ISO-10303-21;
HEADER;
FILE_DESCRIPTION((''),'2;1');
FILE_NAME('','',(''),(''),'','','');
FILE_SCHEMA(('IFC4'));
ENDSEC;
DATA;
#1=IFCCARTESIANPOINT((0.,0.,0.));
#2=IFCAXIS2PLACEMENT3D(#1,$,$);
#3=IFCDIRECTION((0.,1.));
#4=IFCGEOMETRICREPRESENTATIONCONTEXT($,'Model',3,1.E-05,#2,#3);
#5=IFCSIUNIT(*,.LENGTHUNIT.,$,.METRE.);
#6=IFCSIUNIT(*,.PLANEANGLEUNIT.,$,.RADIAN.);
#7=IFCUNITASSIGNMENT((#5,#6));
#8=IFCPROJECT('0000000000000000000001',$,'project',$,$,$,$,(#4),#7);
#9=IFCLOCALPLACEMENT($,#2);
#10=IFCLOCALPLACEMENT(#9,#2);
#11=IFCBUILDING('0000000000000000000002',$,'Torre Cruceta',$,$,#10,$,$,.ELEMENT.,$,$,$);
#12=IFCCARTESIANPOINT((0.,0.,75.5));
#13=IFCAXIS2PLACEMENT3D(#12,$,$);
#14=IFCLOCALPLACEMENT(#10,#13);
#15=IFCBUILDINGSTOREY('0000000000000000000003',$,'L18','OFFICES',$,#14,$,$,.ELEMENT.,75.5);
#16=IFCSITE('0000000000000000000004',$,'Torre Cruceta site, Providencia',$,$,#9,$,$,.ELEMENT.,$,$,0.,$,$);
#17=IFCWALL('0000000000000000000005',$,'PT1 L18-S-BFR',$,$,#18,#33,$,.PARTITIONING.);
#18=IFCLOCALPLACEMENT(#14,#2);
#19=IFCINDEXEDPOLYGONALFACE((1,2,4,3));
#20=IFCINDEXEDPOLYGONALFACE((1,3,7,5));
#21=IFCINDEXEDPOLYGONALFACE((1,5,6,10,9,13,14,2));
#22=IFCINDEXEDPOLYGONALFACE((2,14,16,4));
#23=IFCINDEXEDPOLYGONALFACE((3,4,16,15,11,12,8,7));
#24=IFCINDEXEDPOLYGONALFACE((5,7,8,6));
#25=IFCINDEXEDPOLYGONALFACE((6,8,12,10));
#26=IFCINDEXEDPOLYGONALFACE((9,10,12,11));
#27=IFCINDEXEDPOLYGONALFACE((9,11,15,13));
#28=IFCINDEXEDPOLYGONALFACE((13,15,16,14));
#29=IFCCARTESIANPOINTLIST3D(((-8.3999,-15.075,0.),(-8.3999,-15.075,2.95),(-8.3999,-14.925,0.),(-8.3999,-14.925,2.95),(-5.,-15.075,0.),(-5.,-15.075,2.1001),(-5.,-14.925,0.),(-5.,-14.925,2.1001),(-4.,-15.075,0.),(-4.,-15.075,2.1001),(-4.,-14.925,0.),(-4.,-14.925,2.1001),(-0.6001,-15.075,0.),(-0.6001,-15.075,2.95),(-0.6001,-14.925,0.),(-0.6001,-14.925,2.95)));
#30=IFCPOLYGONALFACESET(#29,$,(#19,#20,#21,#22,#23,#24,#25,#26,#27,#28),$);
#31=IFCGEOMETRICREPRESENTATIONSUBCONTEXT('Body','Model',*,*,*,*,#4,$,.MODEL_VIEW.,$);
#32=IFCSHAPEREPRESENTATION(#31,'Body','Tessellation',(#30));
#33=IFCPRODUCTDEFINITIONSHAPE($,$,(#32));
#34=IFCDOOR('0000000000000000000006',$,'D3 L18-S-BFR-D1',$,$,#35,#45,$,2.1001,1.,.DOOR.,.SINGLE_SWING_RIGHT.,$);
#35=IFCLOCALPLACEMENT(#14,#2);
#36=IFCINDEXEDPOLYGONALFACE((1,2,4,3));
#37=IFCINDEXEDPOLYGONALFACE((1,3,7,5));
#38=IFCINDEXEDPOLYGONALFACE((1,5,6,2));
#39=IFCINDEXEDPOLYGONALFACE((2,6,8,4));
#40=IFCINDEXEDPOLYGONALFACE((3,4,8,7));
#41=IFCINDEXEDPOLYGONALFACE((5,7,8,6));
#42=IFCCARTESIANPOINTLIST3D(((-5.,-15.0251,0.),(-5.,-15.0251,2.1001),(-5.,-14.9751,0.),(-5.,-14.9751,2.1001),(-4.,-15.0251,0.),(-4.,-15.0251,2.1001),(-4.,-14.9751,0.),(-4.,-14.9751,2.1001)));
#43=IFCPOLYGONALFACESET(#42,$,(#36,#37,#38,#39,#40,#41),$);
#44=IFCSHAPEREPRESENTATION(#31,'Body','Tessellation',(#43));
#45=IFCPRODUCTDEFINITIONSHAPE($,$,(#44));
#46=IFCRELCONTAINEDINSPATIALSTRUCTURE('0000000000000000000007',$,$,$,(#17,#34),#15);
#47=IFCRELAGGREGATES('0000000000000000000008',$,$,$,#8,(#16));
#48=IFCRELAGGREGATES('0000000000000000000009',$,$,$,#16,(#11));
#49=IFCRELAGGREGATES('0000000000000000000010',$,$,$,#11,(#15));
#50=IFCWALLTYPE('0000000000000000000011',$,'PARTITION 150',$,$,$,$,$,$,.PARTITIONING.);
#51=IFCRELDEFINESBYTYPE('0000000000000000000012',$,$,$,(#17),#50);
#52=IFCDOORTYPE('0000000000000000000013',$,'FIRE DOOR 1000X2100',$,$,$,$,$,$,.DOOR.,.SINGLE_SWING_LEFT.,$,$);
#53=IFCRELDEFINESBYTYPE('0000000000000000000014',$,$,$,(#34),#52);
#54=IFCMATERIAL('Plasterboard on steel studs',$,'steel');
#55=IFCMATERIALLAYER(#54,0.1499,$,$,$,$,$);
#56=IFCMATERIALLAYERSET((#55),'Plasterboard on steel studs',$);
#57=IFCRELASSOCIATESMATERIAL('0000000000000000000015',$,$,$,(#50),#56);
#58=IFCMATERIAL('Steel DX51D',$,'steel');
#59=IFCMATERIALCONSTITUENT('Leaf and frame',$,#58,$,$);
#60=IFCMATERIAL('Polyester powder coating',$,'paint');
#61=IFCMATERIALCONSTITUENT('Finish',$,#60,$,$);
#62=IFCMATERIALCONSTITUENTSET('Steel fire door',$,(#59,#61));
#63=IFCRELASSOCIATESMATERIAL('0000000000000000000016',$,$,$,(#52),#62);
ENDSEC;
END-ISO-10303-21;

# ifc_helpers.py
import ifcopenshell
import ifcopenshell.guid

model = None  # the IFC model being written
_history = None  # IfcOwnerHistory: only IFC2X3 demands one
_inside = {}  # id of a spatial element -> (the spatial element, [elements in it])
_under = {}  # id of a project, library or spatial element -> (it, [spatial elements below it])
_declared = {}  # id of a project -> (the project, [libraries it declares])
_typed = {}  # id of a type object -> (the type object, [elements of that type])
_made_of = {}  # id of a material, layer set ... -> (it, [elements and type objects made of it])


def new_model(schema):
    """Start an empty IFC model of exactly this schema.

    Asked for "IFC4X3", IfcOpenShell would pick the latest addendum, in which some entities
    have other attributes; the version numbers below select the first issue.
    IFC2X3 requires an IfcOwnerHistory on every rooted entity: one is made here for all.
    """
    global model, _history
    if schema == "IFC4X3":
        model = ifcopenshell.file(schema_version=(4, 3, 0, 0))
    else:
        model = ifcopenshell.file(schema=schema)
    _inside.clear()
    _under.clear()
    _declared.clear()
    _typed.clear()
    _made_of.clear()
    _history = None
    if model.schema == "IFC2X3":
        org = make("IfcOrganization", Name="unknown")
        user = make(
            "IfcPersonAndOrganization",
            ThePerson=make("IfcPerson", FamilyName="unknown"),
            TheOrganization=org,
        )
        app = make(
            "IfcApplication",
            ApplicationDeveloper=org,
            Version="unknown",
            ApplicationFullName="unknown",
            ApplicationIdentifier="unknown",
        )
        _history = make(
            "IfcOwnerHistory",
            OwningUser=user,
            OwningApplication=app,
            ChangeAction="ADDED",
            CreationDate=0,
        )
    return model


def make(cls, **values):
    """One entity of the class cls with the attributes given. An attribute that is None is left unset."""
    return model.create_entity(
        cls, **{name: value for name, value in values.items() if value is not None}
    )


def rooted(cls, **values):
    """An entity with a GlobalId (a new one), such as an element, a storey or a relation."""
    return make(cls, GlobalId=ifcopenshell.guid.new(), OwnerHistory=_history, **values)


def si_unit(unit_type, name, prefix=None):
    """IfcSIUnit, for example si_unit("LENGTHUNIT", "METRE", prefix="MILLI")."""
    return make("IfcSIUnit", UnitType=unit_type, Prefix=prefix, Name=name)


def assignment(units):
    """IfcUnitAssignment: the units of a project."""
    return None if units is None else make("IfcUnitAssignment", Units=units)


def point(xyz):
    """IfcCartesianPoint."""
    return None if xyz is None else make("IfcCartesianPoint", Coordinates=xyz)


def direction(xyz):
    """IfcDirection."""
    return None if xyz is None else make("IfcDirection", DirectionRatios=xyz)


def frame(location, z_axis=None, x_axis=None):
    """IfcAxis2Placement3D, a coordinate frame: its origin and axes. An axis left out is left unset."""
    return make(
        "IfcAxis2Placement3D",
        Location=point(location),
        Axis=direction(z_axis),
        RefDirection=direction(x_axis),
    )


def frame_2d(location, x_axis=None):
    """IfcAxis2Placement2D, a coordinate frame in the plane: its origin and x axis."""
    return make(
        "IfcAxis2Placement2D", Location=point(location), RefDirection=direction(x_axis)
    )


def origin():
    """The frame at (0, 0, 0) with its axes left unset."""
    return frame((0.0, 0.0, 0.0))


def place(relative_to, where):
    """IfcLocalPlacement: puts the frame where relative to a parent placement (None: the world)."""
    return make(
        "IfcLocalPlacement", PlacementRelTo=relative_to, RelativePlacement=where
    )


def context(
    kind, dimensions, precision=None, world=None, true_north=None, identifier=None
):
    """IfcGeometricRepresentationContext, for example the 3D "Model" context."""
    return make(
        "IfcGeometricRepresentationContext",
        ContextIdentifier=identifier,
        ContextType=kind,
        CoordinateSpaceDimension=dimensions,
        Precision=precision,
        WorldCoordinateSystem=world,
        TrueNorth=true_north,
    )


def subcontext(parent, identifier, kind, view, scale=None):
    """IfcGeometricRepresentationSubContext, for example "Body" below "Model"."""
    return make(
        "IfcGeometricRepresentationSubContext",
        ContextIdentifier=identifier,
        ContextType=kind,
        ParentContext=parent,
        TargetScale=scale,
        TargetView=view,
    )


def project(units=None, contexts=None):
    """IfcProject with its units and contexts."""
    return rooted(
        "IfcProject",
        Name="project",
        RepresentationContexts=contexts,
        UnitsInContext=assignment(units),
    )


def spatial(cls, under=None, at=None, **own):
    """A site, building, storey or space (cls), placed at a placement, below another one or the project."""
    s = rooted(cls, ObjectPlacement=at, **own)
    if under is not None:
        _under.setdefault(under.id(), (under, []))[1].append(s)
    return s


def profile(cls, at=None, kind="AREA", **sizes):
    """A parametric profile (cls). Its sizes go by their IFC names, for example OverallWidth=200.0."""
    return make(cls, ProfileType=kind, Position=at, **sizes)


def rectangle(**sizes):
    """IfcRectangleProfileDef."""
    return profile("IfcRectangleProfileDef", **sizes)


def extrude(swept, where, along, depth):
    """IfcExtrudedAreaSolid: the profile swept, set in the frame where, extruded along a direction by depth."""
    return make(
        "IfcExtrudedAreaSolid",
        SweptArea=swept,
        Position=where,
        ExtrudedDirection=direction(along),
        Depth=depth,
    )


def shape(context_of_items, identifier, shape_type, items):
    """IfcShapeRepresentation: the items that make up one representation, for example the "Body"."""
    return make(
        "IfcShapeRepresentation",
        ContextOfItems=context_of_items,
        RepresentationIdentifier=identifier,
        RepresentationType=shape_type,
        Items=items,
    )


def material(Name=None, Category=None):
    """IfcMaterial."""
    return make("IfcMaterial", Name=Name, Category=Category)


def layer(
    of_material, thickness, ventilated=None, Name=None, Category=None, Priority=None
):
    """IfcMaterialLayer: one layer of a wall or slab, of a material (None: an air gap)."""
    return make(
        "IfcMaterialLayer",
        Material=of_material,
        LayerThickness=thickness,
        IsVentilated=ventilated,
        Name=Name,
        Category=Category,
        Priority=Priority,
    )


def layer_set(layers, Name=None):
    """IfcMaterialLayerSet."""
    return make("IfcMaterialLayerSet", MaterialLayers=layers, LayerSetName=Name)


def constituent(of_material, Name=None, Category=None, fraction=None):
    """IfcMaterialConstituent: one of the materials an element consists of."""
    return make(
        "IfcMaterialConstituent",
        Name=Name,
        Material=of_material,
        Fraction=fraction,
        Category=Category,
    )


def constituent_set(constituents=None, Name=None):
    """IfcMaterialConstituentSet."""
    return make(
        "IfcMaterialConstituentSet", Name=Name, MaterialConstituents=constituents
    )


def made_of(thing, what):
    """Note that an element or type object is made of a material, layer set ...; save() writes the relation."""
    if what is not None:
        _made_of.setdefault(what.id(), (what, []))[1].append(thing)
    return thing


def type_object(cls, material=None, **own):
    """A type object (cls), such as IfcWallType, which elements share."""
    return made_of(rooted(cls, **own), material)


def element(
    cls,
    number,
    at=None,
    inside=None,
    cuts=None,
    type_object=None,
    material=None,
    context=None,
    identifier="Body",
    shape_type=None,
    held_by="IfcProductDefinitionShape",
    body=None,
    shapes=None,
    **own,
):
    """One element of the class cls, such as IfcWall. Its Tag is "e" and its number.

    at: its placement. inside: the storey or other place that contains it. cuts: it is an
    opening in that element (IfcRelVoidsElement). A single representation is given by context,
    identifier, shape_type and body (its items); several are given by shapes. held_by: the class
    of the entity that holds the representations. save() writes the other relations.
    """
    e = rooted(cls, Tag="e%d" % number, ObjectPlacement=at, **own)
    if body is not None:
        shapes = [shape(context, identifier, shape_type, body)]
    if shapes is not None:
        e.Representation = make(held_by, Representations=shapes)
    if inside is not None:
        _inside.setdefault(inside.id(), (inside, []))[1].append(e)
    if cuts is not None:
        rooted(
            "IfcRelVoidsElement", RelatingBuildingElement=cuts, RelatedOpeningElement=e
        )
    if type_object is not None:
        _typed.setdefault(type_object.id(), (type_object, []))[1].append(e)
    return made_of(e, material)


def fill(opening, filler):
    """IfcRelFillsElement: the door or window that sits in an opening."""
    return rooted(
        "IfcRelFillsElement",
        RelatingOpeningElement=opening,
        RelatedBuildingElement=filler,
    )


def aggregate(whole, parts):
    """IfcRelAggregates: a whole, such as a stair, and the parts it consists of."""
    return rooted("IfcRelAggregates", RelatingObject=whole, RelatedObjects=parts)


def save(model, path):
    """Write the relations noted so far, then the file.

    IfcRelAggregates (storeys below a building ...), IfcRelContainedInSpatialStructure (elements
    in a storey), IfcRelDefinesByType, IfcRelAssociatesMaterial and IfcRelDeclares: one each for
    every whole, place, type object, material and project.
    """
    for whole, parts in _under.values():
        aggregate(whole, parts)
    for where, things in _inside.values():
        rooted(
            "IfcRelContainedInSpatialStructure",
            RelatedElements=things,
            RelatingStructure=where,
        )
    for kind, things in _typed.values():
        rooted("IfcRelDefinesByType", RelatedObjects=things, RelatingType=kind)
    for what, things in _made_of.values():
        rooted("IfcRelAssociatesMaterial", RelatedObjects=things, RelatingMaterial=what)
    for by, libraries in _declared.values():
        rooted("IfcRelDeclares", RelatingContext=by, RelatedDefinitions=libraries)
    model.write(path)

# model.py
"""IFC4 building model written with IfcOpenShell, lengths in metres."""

from ifc_helpers import new_model, si_unit, direction, frame, frame_2d, origin, place, context, subcontext, project, spatial, rectangle, extrude, material, layer, layer_set, constituent, constituent_set, type_object, element, fill, save


model = new_model("IFC4")

# Units and contexts
model_context = context("Model", 3, precision=1e-05, world=origin(), true_north=direction((0.0, 1.0)))
body_context = subcontext(model_context, "Body", "Model", "MODEL_VIEW")
ifc_project = project(units=[si_unit("LENGTHUNIT", "METRE"), si_unit("PLANEANGLEUNIT", "RADIAN")], contexts=[model_context])

# Site, building, storey
site_placement = place(None, origin())
site = spatial("IfcSite", under=ifc_project, at=site_placement, Name="Torre Cruceta site, Providencia", CompositionType="ELEMENT", RefElevation=0.0)
building_placement = place(site_placement, origin())
building = spatial("IfcBuilding", under=site, at=building_placement, Name="Torre Cruceta", CompositionType="ELEMENT")
storey_placement = place(building_placement, frame((0.0, 0.0, 75.5)))
storey = spatial("IfcBuildingStorey", under=building, at=storey_placement, Name="L18", Description="OFFICES", CompositionType="ELEMENT", Elevation=75.5)

# Wall, opening, door
ifc_material_1 = material(Name="Plasterboard on steel studs", Category="steel")
ifc_layer_1 = layer(ifc_material_1, 0.1499)
ifc_layer_set_1 = layer_set([ifc_layer_1], Name="Plasterboard on steel studs")
wall_type_1 = type_object("IfcWallType", Name="PARTITION 150", PredefinedType="PARTITIONING", material=ifc_layer_set_1)
wall_1_placement = place(storey_placement, frame((-8.3999, -15.0, 0.0), z_axis=(0.0, 0.0, 1.0), x_axis=(1.0, 0.0, 0.0)))
wall_1 = element("IfcWall", 1, at=wall_1_placement, inside=storey, type_object=wall_type_1, Name="PT1 L18-S-BFR", PredefinedType="PARTITIONING", context=body_context, shape_type="SweptSolid", body=[
    extrude(rectangle(XDim=7.7998, YDim=0.1499, at=frame_2d((3.8999, 0.0))), origin(), (0.0, 0.0, 1.0), 2.95),
])
opening_1_placement = place(wall_1_placement, frame((3.3999, 0.0, 0.0)))
opening_1 = element("IfcOpeningElement", 2, at=opening_1_placement, cuts=wall_1, PredefinedType="OPENING", context=body_context, shape_type="SweptSolid", body=[
    extrude(rectangle(XDim=1.0, YDim=2.1001, at=frame_2d((0.5, 1.05))), frame((0.0, 0.085, 0.0), z_axis=(0.0, -1.0, 0.0), x_axis=(1.0, 0.0, 0.0)), (0.0, 0.0, 1.0), 0.1699),
])
ifc_material_2 = material(Name="Steel DX51D", Category="steel")
ifc_constituent_1 = constituent(ifc_material_2, Name="Leaf and frame")
ifc_material_3 = material(Name="Polyester powder coating", Category="paint")
ifc_constituent_2 = constituent(ifc_material_3, Name="Finish")
ifc_constituent_set_1 = constituent_set(constituents=[ifc_constituent_1, ifc_constituent_2], Name="Steel fire door")
door_type = type_object("IfcDoorType", Name="FIRE DOOR 1000X2100", OperationType="SINGLE_SWING_LEFT", PredefinedType="DOOR", material=ifc_constituent_set_1)
door_placement = place(opening_1_placement, origin())
door = element("IfcDoor", 3, at=door_placement, inside=storey, type_object=door_type, Name="D3 L18-S-BFR-D1", OperationType="SINGLE_SWING_RIGHT", OverallHeight=2.1001, OverallWidth=1.0, PredefinedType="DOOR", context=body_context, shape_type="SweptSolid", body=[
    extrude(rectangle(XDim=1.0, YDim=2.1001, at=frame_2d((0.5, 1.05))), frame((0.0, 0.0249, 0.0), z_axis=(0.0, -1.0, 0.0), x_axis=(1.0, 0.0, 0.0)), (0.0, 0.0, 1.0), 0.05),
])
fill(opening_1, door)

save(model, "model.ifc")
